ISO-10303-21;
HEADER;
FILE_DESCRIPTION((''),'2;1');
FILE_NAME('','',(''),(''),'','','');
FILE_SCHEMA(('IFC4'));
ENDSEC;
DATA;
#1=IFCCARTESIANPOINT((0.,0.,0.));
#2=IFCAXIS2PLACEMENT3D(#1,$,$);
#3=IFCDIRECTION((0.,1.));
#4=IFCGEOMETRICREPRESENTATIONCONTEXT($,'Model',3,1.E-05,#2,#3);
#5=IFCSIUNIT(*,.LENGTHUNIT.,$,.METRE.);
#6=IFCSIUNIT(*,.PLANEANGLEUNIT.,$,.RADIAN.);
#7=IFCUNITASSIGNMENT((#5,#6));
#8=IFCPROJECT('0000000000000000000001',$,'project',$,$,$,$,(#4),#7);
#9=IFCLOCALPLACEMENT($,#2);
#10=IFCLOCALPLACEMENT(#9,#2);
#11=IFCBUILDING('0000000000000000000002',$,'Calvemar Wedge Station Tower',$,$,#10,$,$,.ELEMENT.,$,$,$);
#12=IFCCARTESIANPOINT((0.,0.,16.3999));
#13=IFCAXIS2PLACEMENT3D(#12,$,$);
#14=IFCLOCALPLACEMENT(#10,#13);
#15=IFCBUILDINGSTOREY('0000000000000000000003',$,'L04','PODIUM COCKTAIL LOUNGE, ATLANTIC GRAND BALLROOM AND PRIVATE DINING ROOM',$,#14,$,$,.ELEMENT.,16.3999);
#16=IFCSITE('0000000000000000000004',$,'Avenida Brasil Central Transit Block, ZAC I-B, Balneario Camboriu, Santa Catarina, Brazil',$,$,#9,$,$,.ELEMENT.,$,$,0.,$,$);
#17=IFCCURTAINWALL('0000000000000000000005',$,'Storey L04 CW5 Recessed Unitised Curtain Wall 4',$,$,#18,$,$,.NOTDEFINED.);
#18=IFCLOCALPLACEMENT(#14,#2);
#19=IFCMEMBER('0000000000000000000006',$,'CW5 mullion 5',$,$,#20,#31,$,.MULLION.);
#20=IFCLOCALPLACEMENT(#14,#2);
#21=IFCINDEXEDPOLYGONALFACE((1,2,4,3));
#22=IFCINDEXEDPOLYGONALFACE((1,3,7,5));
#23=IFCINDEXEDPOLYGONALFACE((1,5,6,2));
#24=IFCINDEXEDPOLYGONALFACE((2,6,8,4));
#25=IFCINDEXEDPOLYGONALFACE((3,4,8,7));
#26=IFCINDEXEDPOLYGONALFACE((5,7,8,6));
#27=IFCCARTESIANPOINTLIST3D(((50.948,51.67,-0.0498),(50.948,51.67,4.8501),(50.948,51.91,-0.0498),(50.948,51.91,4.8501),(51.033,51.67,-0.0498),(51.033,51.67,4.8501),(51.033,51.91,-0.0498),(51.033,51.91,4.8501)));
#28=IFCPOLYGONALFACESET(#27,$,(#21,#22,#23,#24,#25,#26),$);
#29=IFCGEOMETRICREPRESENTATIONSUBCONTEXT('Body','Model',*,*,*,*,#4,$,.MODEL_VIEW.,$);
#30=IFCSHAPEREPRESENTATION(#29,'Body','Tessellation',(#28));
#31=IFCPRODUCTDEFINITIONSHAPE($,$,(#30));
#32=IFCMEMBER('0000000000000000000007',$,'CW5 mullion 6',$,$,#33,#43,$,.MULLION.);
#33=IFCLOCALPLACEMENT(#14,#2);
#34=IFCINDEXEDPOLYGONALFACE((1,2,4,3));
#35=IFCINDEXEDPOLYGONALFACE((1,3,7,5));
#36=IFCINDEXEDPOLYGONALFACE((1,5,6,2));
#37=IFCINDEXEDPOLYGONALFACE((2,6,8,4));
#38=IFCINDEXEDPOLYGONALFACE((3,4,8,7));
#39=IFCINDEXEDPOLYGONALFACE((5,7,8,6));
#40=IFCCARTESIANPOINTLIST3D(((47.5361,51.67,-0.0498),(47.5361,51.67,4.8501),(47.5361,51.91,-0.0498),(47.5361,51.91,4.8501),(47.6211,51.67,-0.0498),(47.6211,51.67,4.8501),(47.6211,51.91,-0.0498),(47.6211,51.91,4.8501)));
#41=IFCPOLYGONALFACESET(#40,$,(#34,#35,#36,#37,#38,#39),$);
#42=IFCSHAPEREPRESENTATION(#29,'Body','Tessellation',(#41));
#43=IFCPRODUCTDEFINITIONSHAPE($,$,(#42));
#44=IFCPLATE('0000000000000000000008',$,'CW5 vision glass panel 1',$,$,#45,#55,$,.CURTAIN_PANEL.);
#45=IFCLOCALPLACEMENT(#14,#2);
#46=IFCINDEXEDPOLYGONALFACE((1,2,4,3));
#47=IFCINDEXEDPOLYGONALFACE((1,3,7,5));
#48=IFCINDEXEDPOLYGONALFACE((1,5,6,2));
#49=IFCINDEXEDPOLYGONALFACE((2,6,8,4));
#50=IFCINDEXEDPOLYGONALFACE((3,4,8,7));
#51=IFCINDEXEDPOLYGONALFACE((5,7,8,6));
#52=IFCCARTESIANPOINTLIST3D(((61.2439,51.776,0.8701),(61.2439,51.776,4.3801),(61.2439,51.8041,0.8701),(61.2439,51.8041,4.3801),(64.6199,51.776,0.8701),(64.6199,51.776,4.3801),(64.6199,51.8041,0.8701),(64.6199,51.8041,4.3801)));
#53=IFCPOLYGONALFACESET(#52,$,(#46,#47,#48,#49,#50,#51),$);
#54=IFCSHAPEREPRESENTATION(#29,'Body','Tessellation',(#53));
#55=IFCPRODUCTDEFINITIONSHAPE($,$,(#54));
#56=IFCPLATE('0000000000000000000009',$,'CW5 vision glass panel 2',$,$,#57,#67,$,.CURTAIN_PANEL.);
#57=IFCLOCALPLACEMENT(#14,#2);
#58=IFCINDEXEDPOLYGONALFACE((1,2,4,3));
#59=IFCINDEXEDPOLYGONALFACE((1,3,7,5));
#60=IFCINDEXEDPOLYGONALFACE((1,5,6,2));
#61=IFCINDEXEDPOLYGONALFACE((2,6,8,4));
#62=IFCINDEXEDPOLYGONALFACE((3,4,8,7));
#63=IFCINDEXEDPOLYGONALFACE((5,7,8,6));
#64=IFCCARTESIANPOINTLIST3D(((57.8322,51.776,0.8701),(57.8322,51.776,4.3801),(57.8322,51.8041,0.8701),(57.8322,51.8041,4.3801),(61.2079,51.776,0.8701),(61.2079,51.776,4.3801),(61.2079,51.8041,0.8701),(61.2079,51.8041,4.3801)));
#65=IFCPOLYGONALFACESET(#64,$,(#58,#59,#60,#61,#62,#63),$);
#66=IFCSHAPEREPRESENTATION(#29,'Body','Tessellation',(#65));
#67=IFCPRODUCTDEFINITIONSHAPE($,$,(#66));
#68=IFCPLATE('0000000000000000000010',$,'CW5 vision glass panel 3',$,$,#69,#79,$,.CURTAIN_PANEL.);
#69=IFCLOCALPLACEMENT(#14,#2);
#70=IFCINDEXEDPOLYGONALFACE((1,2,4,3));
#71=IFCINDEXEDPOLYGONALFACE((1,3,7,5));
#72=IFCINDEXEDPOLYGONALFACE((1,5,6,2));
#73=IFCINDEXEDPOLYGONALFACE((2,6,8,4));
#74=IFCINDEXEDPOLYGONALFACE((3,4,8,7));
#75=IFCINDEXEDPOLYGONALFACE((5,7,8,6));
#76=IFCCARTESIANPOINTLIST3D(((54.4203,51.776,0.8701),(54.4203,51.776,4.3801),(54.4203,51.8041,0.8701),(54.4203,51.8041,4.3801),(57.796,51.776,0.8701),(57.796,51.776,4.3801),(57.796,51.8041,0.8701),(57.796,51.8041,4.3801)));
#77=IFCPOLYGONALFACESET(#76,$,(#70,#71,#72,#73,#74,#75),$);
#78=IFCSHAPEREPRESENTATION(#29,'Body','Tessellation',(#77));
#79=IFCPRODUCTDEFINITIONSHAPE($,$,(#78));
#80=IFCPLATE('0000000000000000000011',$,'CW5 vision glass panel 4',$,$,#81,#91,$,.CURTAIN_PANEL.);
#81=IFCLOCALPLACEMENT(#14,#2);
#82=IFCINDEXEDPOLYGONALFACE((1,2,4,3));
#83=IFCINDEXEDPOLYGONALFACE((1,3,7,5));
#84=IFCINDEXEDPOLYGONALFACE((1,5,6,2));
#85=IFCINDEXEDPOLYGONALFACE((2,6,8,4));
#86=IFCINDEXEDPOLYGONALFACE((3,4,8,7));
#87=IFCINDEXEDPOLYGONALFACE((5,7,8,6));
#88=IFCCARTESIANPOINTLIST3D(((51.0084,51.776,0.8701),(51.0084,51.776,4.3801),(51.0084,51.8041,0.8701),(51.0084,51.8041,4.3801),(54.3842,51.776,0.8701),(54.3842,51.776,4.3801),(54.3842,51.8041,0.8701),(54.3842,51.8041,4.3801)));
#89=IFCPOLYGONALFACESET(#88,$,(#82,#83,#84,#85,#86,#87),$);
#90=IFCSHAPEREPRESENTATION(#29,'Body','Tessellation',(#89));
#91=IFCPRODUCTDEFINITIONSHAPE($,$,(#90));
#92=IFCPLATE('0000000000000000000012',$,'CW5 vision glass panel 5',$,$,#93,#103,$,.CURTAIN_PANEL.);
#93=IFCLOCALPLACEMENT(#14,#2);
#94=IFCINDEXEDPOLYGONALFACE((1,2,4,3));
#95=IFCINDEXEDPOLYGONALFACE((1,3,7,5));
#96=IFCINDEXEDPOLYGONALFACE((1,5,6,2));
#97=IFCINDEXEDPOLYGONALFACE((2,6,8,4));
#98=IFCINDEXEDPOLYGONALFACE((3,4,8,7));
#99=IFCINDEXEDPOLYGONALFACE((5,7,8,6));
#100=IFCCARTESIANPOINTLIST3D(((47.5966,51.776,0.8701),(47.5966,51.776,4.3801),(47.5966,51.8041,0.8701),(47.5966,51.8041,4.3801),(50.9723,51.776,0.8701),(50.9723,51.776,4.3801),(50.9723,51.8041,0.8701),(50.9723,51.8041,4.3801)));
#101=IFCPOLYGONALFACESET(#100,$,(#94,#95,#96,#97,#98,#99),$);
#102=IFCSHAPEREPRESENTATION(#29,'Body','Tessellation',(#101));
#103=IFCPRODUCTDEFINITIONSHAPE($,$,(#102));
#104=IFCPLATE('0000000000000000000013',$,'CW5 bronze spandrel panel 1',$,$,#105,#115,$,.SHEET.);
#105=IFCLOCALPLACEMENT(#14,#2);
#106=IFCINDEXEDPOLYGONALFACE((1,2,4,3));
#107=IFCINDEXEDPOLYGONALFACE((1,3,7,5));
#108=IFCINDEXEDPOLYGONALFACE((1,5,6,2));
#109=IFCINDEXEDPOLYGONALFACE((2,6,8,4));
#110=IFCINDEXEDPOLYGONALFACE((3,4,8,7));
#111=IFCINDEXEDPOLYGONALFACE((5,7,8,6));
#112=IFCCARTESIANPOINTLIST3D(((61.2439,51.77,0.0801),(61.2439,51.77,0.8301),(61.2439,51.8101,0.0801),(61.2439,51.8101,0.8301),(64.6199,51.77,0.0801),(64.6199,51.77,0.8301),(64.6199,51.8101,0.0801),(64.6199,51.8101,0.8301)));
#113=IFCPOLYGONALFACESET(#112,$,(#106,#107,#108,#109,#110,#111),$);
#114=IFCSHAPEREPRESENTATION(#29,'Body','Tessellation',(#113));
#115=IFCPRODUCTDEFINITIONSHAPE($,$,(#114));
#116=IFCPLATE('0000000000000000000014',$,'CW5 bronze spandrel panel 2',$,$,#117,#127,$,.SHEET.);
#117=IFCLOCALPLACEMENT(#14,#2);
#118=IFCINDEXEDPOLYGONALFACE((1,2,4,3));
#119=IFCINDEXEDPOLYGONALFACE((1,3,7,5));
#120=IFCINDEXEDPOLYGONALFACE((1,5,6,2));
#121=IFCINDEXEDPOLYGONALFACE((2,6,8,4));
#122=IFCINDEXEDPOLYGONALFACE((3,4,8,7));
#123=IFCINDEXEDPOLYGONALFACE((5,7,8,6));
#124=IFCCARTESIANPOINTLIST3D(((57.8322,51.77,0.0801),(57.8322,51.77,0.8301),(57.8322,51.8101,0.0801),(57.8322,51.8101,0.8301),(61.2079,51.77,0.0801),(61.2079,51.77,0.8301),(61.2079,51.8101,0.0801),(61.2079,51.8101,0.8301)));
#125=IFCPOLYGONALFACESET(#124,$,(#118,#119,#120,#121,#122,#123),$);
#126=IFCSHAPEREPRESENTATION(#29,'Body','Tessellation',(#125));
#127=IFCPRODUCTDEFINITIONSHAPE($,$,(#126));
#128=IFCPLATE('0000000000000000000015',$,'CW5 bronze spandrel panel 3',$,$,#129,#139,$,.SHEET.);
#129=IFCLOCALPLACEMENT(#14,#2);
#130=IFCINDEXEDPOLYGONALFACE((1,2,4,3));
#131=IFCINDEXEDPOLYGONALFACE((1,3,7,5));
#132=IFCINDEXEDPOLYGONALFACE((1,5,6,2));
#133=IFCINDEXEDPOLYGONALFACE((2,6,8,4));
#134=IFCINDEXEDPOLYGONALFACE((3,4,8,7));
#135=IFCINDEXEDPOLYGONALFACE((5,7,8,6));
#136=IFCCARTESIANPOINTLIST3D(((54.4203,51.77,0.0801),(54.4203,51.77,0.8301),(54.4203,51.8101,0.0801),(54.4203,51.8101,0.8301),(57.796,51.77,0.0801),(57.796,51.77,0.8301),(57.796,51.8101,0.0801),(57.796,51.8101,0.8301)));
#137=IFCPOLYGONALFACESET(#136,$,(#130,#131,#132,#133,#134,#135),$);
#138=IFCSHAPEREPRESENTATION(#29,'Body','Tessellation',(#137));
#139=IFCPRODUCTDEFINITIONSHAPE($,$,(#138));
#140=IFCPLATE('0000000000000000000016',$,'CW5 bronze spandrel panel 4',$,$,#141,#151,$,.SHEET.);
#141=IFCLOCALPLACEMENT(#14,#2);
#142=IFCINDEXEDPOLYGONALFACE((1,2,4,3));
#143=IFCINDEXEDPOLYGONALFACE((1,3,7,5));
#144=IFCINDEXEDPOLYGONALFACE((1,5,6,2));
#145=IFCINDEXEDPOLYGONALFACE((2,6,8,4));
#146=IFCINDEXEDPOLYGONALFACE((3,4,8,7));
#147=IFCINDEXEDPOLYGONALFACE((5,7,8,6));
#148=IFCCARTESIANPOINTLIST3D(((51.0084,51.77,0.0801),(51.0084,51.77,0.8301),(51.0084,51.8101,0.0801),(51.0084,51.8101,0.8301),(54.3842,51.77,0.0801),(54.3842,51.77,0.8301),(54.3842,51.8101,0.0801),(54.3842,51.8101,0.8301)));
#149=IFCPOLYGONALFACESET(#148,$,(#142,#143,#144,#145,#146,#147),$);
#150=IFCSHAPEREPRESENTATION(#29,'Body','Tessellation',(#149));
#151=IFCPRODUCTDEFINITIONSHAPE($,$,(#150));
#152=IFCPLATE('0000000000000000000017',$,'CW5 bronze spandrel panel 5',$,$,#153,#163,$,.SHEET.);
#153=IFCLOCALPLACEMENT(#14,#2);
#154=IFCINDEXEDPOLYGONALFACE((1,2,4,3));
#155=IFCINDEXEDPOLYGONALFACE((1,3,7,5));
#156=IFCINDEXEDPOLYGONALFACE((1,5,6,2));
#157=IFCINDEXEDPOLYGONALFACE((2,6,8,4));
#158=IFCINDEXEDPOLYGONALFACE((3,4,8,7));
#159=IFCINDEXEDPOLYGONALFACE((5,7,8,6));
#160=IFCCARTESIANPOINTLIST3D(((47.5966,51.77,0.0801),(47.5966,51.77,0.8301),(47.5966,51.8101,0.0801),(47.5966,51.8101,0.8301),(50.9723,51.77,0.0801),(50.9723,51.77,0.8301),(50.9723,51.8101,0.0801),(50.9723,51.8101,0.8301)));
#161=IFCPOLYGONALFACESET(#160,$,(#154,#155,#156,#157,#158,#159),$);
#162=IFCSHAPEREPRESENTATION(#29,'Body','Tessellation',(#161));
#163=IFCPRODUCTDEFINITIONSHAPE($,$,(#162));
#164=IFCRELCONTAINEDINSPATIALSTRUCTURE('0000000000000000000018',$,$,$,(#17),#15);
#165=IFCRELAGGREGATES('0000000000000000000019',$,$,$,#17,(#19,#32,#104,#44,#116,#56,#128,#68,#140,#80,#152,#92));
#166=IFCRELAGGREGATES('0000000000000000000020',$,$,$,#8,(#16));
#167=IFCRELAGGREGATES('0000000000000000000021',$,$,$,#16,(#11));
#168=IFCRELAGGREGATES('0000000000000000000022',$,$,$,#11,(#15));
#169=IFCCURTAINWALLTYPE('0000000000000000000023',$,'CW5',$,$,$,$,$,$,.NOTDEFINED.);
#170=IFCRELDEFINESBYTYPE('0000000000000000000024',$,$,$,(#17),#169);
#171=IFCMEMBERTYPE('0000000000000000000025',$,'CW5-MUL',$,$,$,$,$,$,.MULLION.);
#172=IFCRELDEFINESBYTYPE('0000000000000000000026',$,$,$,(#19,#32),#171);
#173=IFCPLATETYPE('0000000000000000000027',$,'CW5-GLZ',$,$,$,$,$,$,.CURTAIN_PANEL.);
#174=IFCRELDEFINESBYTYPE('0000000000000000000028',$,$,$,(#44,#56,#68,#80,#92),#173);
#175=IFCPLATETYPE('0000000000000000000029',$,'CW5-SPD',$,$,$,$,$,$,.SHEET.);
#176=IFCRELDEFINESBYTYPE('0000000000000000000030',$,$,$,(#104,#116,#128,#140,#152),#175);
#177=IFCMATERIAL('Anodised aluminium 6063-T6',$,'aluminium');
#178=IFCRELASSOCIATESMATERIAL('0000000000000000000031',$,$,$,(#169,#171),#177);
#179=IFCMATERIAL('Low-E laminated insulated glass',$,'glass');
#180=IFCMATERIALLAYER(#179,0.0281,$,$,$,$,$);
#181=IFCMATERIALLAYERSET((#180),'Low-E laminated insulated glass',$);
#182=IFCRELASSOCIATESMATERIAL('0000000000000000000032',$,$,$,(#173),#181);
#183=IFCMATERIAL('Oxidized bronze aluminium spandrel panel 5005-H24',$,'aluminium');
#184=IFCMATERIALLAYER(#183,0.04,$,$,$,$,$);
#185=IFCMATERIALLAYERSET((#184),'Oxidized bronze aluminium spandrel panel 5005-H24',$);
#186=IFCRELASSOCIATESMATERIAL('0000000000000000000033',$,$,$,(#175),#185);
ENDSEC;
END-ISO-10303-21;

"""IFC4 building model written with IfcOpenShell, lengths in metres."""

from ifc_helpers import new_model, si_unit, direction, frame, frame_2d, origin, origin_2d, place, context, subcontext, project, spatial, rectangle, extrude, source, transform, mapped, material, layer, layer_set, material_profile, profile_set, type_object, element, aggregate, save


model = new_model("IFC4")

# Units and contexts
model_context = context("Model", 3, precision=1e-05, world=origin(), true_north=direction((0.0, 1.0)))
body_context = subcontext(model_context, "Body", "Model", "MODEL_VIEW")
ifc_project = project(units=[si_unit("LENGTHUNIT", "METRE"), si_unit("PLANEANGLEUNIT", "RADIAN")], contexts=[model_context])

# Site, building, storey
site_placement = place(None, origin())
site = spatial("IfcSite", under=ifc_project, at=site_placement, Name="Avenida Brasil Central Transit Block, ZAC I-B, Balneario Camboriu, Santa Catarina, Brazil", CompositionType="ELEMENT", RefElevation=0.0)
building_placement = place(site_placement, origin())
building = spatial("IfcBuilding", under=site, at=building_placement, Name="Calvemar Wedge Station Tower", CompositionType="ELEMENT")
storey_placement = place(building_placement, frame((0.0, 0.0, 16.3999)))
storey = spatial("IfcBuildingStorey", under=building, at=storey_placement, Name="L04", Description="PODIUM COCKTAIL LOUNGE, ATLANTIC GRAND BALLROOM AND PRIVATE DINING ROOM", CompositionType="ELEMENT", Elevation=16.3999)

# Curtain wall, members, plates
ifc_material_1 = material(Name="Anodised aluminium 6063-T6", Category="aluminium")
curtain_wall_type = type_object("IfcCurtainWallType", Name="CW5", PredefinedType="NOTDEFINED", material=ifc_material_1)
curtain_wall_placement = place(storey_placement, origin())
curtain_wall = element("IfcCurtainWall", 1, at=curtain_wall_placement, inside=storey, type_object=curtain_wall_type, Name="Storey L04 CW5 Recessed Unitised Curtain Wall 4", PredefinedType="NOTDEFINED")
ifc_material_profile_1 = material_profile(ifc_material_1, rectangle(XDim=0.085, YDim=0.24, at=origin_2d()), Name="AL-MUL-85x240")
ifc_profile_set_1 = profile_set([ifc_material_profile_1], Name="Anodised aluminium 6063-T6")
member_type = type_object("IfcMemberType", Name="CW5-MUL", PredefinedType="MULLION", material=ifc_profile_set_1)
shared_shape_1 = source(origin(), body_context, "Body", "SweptSolid", [
    extrude(rectangle(XDim=0.085, YDim=0.24, at=origin_2d()), origin(), (0.0, 0.0, 1.0), 4.8999),
])
member_1_placement = place(storey_placement, frame((50.9905, 51.79, -0.0498), z_axis=(0.0, 0.0, 1.0), x_axis=(1.0, 0.0, 0.0)))
member_1 = element("IfcMember", 2, at=member_1_placement, type_object=member_type, Name="CW5 mullion 5", PredefinedType="MULLION", context=body_context, shape_type="MappedRepresentation", body=[
    mapped(shared_shape_1, transform((0.0, 0.0, 0.0), scale=1.0)),
])
member_2_placement = place(storey_placement, frame((47.5786, 51.79, -0.0498), z_axis=(0.0, 0.0, 1.0), x_axis=(1.0, 0.0, 0.0)))
member_2 = element("IfcMember", 3, at=member_2_placement, type_object=member_type, Name="CW5 mullion 6", PredefinedType="MULLION", context=body_context, shape_type="MappedRepresentation", body=[
    mapped(shared_shape_1, transform((0.0, 0.0, 0.0), scale=1.0)),
])
ifc_material_2 = material(Name="Low-E laminated insulated glass", Category="glass")
ifc_layer_1 = layer(ifc_material_2, 0.0281)
ifc_layer_set_1 = layer_set([ifc_layer_1], Name="Low-E laminated insulated glass")
plate_type_1 = type_object("IfcPlateType", Name="CW5-GLZ", PredefinedType="CURTAIN_PANEL", material=ifc_layer_set_1)
plate_1_placement = place(storey_placement, frame((64.6199, 51.79, 0.8701), z_axis=(0.0, 0.0, 1.0), x_axis=(-1.0, 0.0, 0.0)))
plate_1 = element("IfcPlate", 4, at=plate_1_placement, type_object=plate_type_1, Name="CW5 vision glass panel 1", PredefinedType="CURTAIN_PANEL", context=body_context, shape_type="SweptSolid", body=[
    extrude(rectangle(XDim=3.376, YDim=0.0281, at=frame_2d((1.688, 0.0))), origin(), (0.0, 0.0, 1.0), 3.51),
])
plate_2_placement = place(storey_placement, frame((61.208, 51.79, 0.8701), z_axis=(0.0, 0.0, 1.0), x_axis=(-1.0, 0.0, 0.0)))
plate_2 = element("IfcPlate", 5, at=plate_2_placement, type_object=plate_type_1, Name="CW5 vision glass panel 2", PredefinedType="CURTAIN_PANEL", context=body_context, shape_type="SweptSolid", body=[
    extrude(rectangle(XDim=3.3757, YDim=0.0281, at=frame_2d((1.688, 0.0))), origin(), (0.0, 0.0, 1.0), 3.51),
])
plate_3_placement = place(storey_placement, frame((57.7961, 51.79, 0.8701), z_axis=(0.0, 0.0, 1.0), x_axis=(-1.0, 0.0, 0.0)))
plate_3 = element("IfcPlate", 6, at=plate_3_placement, type_object=plate_type_1, Name="CW5 vision glass panel 3", PredefinedType="CURTAIN_PANEL", context=body_context, shape_type="SweptSolid", body=[
    extrude(rectangle(XDim=3.3757, YDim=0.0281, at=frame_2d((1.688, 0.0))), origin(), (0.0, 0.0, 1.0), 3.51),
])
plate_4_placement = place(storey_placement, frame((54.3843, 51.79, 0.8701), z_axis=(0.0, 0.0, 1.0), x_axis=(-1.0, 0.0, 0.0)))
plate_4 = element("IfcPlate", 7, at=plate_4_placement, type_object=plate_type_1, Name="CW5 vision glass panel 4", PredefinedType="CURTAIN_PANEL", context=body_context, shape_type="SweptSolid", body=[
    extrude(rectangle(XDim=3.3757, YDim=0.0281, at=frame_2d((1.688, 0.0))), origin(), (0.0, 0.0, 1.0), 3.51),
])
plate_5_placement = place(storey_placement, frame((50.9724, 51.79, 0.8701), z_axis=(0.0, 0.0, 1.0), x_axis=(-1.0, 0.0, 0.0)))
plate_5 = element("IfcPlate", 8, at=plate_5_placement, type_object=plate_type_1, Name="CW5 vision glass panel 5", PredefinedType="CURTAIN_PANEL", context=body_context, shape_type="SweptSolid", body=[
    extrude(rectangle(XDim=3.3757, YDim=0.0281, at=frame_2d((1.688, 0.0))), origin(), (0.0, 0.0, 1.0), 3.51),
])
ifc_material_3 = material(Name="Oxidized bronze aluminium spandrel panel 5005-H24", Category="aluminium")
ifc_layer_2 = layer(ifc_material_3, 0.04)
ifc_layer_set_2 = layer_set([ifc_layer_2], Name="Oxidized bronze aluminium spandrel panel 5005-H24")
plate_type_2 = type_object("IfcPlateType", Name="CW5-SPD", PredefinedType="SHEET", material=ifc_layer_set_2)
plate_6_placement = place(storey_placement, frame((64.6199, 51.79, 0.0801), z_axis=(0.0, 0.0, 1.0), x_axis=(-1.0, 0.0, 0.0)))
plate_6 = element("IfcPlate", 9, at=plate_6_placement, type_object=plate_type_2, Name="CW5 bronze spandrel panel 1", PredefinedType="SHEET", context=body_context, shape_type="SweptSolid", body=[
    extrude(rectangle(XDim=3.376, YDim=0.04, at=frame_2d((1.688, 0.0))), origin(), (0.0, 0.0, 1.0), 0.75),
])
plate_7_placement = place(storey_placement, frame((61.208, 51.79, 0.0801), z_axis=(0.0, 0.0, 1.0), x_axis=(-1.0, 0.0, 0.0)))
plate_7 = element("IfcPlate", 10, at=plate_7_placement, type_object=plate_type_2, Name="CW5 bronze spandrel panel 2", PredefinedType="SHEET", context=body_context, shape_type="SweptSolid", body=[
    extrude(rectangle(XDim=3.3757, YDim=0.04, at=frame_2d((1.688, 0.0))), origin(), (0.0, 0.0, 1.0), 0.75),
])
plate_8_placement = place(storey_placement, frame((57.7961, 51.79, 0.0801), z_axis=(0.0, 0.0, 1.0), x_axis=(-1.0, 0.0, 0.0)))
plate_8 = element("IfcPlate", 11, at=plate_8_placement, type_object=plate_type_2, Name="CW5 bronze spandrel panel 3", PredefinedType="SHEET", context=body_context, shape_type="SweptSolid", body=[
    extrude(rectangle(XDim=3.3757, YDim=0.04, at=frame_2d((1.688, 0.0))), origin(), (0.0, 0.0, 1.0), 0.75),
])
plate_9_placement = place(storey_placement, frame((54.3843, 51.79, 0.0801), z_axis=(0.0, 0.0, 1.0), x_axis=(-1.0, 0.0, 0.0)))
plate_9 = element("IfcPlate", 12, at=plate_9_placement, type_object=plate_type_2, Name="CW5 bronze spandrel panel 4", PredefinedType="SHEET", context=body_context, shape_type="SweptSolid", body=[
    extrude(rectangle(XDim=3.3757, YDim=0.04, at=frame_2d((1.688, 0.0))), origin(), (0.0, 0.0, 1.0), 0.75),
])
plate_10_placement = place(storey_placement, frame((50.9724, 51.79, 0.0801), z_axis=(0.0, 0.0, 1.0), x_axis=(-1.0, 0.0, 0.0)))
plate_10 = element("IfcPlate", 13, at=plate_10_placement, type_object=plate_type_2, Name="CW5 bronze spandrel panel 5", PredefinedType="SHEET", context=body_context, shape_type="SweptSolid", body=[
    extrude(rectangle(XDim=3.3757, YDim=0.04, at=frame_2d((1.688, 0.0))), origin(), (0.0, 0.0, 1.0), 0.75),
])
aggregate(curtain_wall, [member_1, member_2, plate_6, plate_1, plate_7, plate_2, plate_8, plate_3, plate_9, plate_4, plate_10, plate_5])

save(model, "model.ifc")
